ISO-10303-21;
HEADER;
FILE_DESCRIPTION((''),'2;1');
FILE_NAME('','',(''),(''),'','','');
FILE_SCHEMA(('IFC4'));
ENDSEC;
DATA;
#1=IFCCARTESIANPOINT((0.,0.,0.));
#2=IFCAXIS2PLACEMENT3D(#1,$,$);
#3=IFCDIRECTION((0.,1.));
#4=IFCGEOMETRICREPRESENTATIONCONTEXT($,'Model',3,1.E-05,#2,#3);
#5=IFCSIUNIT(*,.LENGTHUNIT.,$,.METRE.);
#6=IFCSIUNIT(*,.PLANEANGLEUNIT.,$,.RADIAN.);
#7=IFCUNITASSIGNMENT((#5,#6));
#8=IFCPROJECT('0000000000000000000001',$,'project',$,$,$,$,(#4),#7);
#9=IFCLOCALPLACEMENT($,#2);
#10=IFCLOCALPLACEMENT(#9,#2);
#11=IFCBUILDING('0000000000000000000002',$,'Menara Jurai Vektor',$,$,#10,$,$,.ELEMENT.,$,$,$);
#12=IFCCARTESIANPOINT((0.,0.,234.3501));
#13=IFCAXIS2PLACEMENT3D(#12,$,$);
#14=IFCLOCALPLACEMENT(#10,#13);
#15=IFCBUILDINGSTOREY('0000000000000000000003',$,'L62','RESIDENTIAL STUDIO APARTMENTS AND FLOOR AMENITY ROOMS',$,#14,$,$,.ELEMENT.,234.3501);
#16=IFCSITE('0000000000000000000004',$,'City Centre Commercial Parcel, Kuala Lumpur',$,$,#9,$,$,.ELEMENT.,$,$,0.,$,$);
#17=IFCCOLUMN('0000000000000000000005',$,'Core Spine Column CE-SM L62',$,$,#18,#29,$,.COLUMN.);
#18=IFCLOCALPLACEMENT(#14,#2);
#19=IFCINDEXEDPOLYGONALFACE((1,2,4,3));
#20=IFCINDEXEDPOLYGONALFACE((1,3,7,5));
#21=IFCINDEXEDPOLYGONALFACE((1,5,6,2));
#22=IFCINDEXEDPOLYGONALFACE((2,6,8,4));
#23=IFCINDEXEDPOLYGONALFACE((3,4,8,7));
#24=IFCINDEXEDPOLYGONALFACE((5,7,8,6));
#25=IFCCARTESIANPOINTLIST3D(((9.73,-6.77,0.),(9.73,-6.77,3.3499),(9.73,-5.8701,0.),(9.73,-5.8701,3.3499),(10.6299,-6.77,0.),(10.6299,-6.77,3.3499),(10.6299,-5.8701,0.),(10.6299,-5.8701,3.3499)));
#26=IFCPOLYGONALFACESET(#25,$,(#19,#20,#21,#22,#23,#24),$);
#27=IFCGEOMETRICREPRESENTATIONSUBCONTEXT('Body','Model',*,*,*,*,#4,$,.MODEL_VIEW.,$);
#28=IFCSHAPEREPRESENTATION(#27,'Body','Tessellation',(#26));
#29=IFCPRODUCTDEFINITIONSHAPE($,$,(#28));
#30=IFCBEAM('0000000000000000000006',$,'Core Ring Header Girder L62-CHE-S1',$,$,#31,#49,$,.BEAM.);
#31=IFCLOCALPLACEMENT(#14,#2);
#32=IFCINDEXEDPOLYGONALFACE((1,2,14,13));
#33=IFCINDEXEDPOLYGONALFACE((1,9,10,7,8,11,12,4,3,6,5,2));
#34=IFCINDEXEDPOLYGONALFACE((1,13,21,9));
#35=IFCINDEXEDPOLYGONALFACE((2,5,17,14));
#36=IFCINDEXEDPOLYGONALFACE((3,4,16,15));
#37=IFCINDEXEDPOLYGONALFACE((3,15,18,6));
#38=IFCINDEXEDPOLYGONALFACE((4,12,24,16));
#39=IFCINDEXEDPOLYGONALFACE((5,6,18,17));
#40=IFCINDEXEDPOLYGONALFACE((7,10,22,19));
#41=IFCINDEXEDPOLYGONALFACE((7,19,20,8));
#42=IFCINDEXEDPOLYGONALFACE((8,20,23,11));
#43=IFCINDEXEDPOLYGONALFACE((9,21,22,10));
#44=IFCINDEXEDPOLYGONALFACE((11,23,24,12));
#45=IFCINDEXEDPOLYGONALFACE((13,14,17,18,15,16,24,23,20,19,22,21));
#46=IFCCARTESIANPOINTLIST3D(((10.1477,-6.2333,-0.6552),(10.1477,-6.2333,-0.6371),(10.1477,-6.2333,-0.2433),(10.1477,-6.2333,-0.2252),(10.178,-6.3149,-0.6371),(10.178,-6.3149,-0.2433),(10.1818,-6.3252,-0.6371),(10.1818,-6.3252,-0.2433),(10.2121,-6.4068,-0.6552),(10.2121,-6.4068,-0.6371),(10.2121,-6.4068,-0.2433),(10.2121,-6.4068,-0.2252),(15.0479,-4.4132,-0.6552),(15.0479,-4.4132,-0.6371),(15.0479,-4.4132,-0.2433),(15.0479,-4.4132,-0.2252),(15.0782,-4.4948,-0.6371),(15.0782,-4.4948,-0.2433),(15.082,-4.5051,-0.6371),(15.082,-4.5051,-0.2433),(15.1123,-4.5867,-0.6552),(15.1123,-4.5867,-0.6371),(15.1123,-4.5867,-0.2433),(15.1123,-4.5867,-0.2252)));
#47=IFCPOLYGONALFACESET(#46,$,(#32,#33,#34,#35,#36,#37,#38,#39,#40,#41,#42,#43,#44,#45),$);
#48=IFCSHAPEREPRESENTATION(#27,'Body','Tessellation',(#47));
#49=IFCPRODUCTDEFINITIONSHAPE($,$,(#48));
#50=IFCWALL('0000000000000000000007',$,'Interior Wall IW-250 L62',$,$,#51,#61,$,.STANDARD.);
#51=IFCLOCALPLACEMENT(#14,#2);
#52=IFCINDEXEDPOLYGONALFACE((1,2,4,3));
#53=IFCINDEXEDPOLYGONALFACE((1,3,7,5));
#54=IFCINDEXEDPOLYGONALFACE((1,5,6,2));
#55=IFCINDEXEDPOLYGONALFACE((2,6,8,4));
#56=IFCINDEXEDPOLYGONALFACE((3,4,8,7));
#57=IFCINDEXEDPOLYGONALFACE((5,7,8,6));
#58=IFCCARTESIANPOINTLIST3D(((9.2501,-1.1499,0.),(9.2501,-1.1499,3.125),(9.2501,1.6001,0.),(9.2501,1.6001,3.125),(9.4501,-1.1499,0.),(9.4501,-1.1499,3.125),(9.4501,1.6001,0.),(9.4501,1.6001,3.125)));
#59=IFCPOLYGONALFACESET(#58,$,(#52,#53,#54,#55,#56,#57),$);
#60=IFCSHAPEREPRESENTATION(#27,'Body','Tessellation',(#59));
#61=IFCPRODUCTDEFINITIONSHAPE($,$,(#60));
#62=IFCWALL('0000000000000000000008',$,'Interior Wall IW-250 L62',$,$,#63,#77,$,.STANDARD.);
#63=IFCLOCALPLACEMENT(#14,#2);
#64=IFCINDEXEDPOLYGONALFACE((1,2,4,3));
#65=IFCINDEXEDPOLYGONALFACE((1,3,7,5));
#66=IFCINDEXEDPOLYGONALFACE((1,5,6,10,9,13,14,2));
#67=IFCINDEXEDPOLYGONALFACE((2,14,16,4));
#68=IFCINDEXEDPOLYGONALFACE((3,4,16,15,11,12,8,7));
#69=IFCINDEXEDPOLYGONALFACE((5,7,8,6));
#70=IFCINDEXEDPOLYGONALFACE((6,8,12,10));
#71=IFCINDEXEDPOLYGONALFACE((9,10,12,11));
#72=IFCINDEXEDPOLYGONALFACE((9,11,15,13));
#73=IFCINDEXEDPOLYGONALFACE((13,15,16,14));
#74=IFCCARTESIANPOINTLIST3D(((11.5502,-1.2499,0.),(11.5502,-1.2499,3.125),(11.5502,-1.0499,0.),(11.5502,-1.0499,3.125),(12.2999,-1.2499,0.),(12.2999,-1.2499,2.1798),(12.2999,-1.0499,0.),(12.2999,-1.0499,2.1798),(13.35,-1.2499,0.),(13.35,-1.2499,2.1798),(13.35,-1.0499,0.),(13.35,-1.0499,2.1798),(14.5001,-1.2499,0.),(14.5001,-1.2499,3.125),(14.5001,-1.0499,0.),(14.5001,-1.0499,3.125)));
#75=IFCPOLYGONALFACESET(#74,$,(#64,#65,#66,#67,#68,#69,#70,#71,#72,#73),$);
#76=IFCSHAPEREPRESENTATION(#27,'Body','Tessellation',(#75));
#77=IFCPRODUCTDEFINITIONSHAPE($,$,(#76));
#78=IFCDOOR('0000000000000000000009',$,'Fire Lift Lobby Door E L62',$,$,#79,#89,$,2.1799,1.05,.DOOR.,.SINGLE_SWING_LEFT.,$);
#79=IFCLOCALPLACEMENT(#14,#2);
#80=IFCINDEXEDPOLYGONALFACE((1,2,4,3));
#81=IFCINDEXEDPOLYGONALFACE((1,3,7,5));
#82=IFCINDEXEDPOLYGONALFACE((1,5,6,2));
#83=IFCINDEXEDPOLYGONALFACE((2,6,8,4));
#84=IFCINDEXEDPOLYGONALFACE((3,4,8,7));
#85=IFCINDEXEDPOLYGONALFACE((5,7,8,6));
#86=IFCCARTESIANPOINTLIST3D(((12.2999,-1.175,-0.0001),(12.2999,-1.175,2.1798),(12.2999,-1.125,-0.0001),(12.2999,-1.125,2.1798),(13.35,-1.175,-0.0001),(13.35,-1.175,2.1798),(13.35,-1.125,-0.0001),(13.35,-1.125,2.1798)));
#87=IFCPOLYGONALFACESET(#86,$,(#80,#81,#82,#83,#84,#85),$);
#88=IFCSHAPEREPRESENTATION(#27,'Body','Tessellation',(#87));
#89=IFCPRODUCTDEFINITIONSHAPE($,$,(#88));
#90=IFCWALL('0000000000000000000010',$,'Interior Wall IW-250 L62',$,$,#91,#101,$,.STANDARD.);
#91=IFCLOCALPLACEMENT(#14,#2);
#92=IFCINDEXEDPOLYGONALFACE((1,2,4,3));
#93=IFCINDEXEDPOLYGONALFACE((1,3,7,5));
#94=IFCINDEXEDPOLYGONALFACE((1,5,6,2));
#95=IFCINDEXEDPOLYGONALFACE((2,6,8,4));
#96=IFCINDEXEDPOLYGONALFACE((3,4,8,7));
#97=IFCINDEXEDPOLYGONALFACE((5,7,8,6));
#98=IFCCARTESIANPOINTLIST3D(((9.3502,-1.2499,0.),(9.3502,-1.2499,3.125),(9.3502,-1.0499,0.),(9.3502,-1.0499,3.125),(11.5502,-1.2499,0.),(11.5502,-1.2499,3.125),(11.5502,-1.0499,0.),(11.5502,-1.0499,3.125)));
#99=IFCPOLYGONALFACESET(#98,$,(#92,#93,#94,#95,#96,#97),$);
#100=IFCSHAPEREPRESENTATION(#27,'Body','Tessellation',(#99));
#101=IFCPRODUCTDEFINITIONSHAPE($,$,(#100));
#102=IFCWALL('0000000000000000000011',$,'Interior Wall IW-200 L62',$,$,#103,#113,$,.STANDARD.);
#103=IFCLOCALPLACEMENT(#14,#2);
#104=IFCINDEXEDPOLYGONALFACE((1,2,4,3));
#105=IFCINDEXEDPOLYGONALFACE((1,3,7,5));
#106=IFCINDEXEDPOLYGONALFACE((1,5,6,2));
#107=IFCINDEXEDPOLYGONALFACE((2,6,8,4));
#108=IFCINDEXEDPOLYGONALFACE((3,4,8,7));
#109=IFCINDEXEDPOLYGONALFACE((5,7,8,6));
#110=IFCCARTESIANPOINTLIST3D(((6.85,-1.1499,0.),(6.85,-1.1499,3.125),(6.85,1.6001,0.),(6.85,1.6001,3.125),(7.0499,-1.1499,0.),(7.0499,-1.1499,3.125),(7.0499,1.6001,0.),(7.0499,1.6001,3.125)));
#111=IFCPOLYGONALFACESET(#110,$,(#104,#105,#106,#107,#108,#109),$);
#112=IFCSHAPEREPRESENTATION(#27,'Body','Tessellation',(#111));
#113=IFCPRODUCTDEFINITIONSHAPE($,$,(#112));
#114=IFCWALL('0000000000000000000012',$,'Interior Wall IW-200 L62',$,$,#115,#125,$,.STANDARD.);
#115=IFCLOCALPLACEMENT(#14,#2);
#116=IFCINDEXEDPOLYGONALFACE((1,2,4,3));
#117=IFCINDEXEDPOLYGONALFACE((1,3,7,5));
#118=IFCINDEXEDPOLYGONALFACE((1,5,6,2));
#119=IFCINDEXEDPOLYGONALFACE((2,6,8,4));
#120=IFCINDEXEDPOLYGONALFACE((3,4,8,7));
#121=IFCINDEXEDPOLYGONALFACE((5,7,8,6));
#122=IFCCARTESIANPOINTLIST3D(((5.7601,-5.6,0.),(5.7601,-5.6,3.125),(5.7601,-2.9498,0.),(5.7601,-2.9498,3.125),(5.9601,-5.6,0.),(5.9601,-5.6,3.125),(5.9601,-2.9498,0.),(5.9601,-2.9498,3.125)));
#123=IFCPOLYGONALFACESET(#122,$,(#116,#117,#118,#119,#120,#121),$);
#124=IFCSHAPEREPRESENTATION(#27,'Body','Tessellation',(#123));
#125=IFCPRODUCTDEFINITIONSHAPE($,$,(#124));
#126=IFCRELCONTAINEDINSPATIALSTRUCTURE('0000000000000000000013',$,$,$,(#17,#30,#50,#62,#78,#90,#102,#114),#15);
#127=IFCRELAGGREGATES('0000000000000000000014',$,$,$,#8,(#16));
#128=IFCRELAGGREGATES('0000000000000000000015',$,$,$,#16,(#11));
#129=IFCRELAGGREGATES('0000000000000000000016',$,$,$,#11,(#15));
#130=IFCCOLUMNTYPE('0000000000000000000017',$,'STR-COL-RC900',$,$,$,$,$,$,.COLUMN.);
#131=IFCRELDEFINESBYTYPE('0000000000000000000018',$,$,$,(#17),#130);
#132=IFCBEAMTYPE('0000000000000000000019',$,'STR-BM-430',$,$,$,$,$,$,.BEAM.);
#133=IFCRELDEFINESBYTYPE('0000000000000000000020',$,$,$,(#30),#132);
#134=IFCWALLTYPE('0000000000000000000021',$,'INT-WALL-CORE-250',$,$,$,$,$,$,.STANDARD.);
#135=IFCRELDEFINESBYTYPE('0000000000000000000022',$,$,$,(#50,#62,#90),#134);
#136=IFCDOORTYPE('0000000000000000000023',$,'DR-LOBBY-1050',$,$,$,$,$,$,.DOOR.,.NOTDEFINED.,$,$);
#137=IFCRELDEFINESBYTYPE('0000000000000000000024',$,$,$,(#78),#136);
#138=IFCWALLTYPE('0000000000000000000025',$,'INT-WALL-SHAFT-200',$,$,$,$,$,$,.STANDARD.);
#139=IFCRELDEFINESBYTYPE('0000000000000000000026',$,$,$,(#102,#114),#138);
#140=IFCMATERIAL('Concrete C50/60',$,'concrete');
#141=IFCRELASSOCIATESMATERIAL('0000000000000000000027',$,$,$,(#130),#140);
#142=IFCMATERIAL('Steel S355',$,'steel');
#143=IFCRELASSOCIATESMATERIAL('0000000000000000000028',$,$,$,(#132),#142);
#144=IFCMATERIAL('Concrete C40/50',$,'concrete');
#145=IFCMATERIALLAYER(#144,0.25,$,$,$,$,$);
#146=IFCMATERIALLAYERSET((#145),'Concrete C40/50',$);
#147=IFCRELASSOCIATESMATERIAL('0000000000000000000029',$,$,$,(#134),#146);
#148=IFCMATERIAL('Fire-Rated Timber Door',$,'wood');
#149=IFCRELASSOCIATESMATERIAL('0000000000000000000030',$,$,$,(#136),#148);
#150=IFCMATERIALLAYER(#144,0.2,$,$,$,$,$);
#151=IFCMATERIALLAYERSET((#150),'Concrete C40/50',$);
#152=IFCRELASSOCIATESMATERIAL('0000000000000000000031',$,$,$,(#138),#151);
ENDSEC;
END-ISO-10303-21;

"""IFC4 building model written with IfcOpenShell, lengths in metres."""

from ifc_helpers import new_model, si_unit, direction, frame, frame_2d, origin, origin_2d, place, context, subcontext, project, spatial, rectangle, i_section, extrude, material, layer, layer_set, material_profile, profile_set, type_object, element, fill, save


model = new_model("IFC4")

# Units and contexts
model_context = context("Model", 3, precision=1e-05, world=origin(), true_north=direction((0.0, 1.0)))
body_context = subcontext(model_context, "Body", "Model", "MODEL_VIEW")
ifc_project = project(units=[si_unit("LENGTHUNIT", "METRE"), si_unit("PLANEANGLEUNIT", "RADIAN")], contexts=[model_context])

# Site, building, storey
site_placement = place(None, origin())
site = spatial("IfcSite", under=ifc_project, at=site_placement, Name="City Centre Commercial Parcel, Kuala Lumpur", CompositionType="ELEMENT", RefElevation=0.0)
building_placement = place(site_placement, origin())
building = spatial("IfcBuilding", under=site, at=building_placement, Name="Menara Jurai Vektor", CompositionType="ELEMENT")
storey_placement = place(building_placement, frame((0.0, 0.0, 234.3501)))
storey = spatial("IfcBuildingStorey", under=building, at=storey_placement, Name="L62", Description="RESIDENTIAL STUDIO APARTMENTS AND FLOOR AMENITY ROOMS", CompositionType="ELEMENT", Elevation=234.3501)

# Column
ifc_material_1 = material(Name="Concrete C50/60", Category="concrete")
ifc_material_profile_1 = material_profile(ifc_material_1, rectangle(XDim=0.8999, YDim=0.8999, at=origin_2d()), Name="RC 900x900")
ifc_profile_set_1 = profile_set([ifc_material_profile_1], Name="Concrete C50/60")
column_type = type_object("IfcColumnType", Name="STR-COL-RC900", PredefinedType="COLUMN", material=ifc_profile_set_1)
column_placement = place(storey_placement, frame((10.1799, -6.3201, 0.0), z_axis=(0.0, 0.0, 1.0), x_axis=(1.0, 0.0, 0.0)))
element("IfcColumn", 1, at=column_placement, inside=storey, type_object=column_type, Name="Core Spine Column CE-SM L62", PredefinedType="COLUMN", context=body_context, shape_type="SweptSolid", body=[
    extrude(rectangle(XDim=0.8999, YDim=0.8999, at=origin_2d()), origin(), (0.0, 0.0, 1.0), 3.3499),
])

# Beam
ifc_material_2 = material(Name="Steel S355", Category="steel")
ifc_material_profile_2 = material_profile(ifc_material_2, i_section(OverallWidth=0.1851, OverallDepth=0.4299, WebThickness=0.011, FlangeThickness=0.0181, at=origin_2d()), Name="PG 430x185x76")
ifc_profile_set_2 = profile_set([ifc_material_profile_2], Name="Steel S355")
beam_type = type_object("IfcBeamType", Name="STR-BM-430", PredefinedType="BEAM", material=ifc_profile_set_2)
beam_placement = place(storey_placement, frame((10.1799, -6.3201, -0.4402), z_axis=(0.937424, 0.348189, 0.0), x_axis=(-0.348189, 0.937424, 0.0)))
element("IfcBeam", 2, at=beam_placement, inside=storey, type_object=beam_type, Name="Core Ring Header Girder L62-CHE-S1", PredefinedType="BEAM", context=body_context, shape_type="SweptSolid", body=[
    extrude(i_section(OverallWidth=0.1851, OverallDepth=0.4299, WebThickness=0.011, FlangeThickness=0.0181, at=origin_2d()), origin(), (0.0, 0.0, 1.0), 5.2273),
])

# Shared definitions
ifc_material_3 = material(Name="Concrete C40/50", Category="concrete")
ifc_layer_1 = layer(ifc_material_3, 0.25)
ifc_layer_set_1 = layer_set([ifc_layer_1], Name="Concrete C40/50")
wall_type_1 = type_object("IfcWallType", Name="INT-WALL-CORE-250", PredefinedType="STANDARD", material=ifc_layer_set_1)

# Wall
wall_1_placement = place(storey_placement, frame((9.3501, -1.1499, 0.0), z_axis=(0.0, 0.0, 1.0), x_axis=(0.0, 1.0, 0.0)))
element("IfcWall", 3, at=wall_1_placement, inside=storey, type_object=wall_type_1, Name="Interior Wall IW-250 L62", PredefinedType="STANDARD", context=body_context, shape_type="SweptSolid", body=[
    extrude(rectangle(XDim=2.75, YDim=0.2, at=frame_2d((1.375, 0.0))), origin(), (0.0, 0.0, 1.0), 3.125),
])

# Wall, opening, door
wall_2_placement = place(storey_placement, frame((11.55, -1.1499, 0.0), z_axis=(0.0, 0.0, 1.0), x_axis=(1.0, 0.0, 0.0)))
wall_2 = element("IfcWall", 4, at=wall_2_placement, inside=storey, type_object=wall_type_1, Name="Interior Wall IW-250 L62", PredefinedType="STANDARD", context=body_context, shape_type="SweptSolid", body=[
    extrude(rectangle(XDim=2.95, YDim=0.2, at=frame_2d((1.4751, 0.0))), origin(), (0.0, 0.0, 1.0), 3.125),
])
opening_1_placement = place(wall_2_placement, frame((0.75, 0.0, 0.0)))
opening_1 = element("IfcOpeningElement", 5, at=opening_1_placement, cuts=wall_2, PredefinedType="OPENING", context=body_context, shape_type="SweptSolid", body=[
    extrude(rectangle(XDim=1.05, YDim=2.1799, at=frame_2d((0.5249, 1.0898))), frame((0.0, 0.1099, 0.0), z_axis=(0.0, -1.0, 0.0), x_axis=(1.0, 0.0, 0.0)), (0.0, 0.0, 1.0), 0.22),
])
ifc_material_4 = material(Name="Fire-Rated Timber Door", Category="wood")
door_type_1 = type_object("IfcDoorType", Name="DR-LOBBY-1050", OperationType="NOTDEFINED", PredefinedType="DOOR", material=ifc_material_4)
door_1_placement = place(opening_1_placement, origin())
door_1 = element("IfcDoor", 6, at=door_1_placement, inside=storey, type_object=door_type_1, Name="Fire Lift Lobby Door E L62", OperationType="SINGLE_SWING_LEFT", OverallHeight=2.1799, OverallWidth=1.05, PredefinedType="DOOR", context=body_context, shape_type="SweptSolid", body=[
    extrude(rectangle(XDim=1.05, YDim=2.1799, at=frame_2d((0.5249, 1.0898))), frame((0.0, 0.0249, 0.0), z_axis=(0.0, -1.0, 0.0), x_axis=(1.0, 0.0, 0.0)), (0.0, 0.0, 1.0), 0.05),
])
fill(opening_1, door_1)

# Wall
wall_3_placement = place(storey_placement, frame((9.3501, -1.1499, 0.0), z_axis=(0.0, 0.0, 1.0), x_axis=(1.0, 0.0, 0.0)))
element("IfcWall", 7, at=wall_3_placement, inside=storey, type_object=wall_type_1, Name="Interior Wall IW-250 L62", PredefinedType="STANDARD", context=body_context, shape_type="SweptSolid", body=[
    extrude(rectangle(XDim=2.2, YDim=0.2, at=frame_2d((1.1001, 0.0))), origin(), (0.0, 0.0, 1.0), 3.125),
])

# Wall
ifc_layer_2 = layer(ifc_material_3, 0.2)
ifc_layer_set_2 = layer_set([ifc_layer_2], Name="Concrete C40/50")
wall_type_2 = type_object("IfcWallType", Name="INT-WALL-SHAFT-200", PredefinedType="STANDARD", material=ifc_layer_set_2)
wall_4_placement = place(storey_placement, frame((6.95, -1.1499, 0.0), z_axis=(0.0, 0.0, 1.0), x_axis=(0.0, 1.0, 0.0)))
element("IfcWall", 8, at=wall_4_placement, inside=storey, type_object=wall_type_2, Name="Interior Wall IW-200 L62", PredefinedType="STANDARD", context=body_context, shape_type="SweptSolid", body=[
    extrude(rectangle(XDim=2.75, YDim=0.2, at=frame_2d((1.375, 0.0))), origin(), (0.0, 0.0, 1.0), 3.125),
])

# Wall
wall_5_placement = place(storey_placement, frame((5.8601, -5.6001, 0.0), z_axis=(0.0, 0.0, 1.0), x_axis=(0.0, 1.0, 0.0)))
element("IfcWall", 9, at=wall_5_placement, inside=storey, type_object=wall_type_2, Name="Interior Wall IW-200 L62", PredefinedType="STANDARD", context=body_context, shape_type="SweptSolid", body=[
    extrude(rectangle(XDim=2.6501, YDim=0.2, at=frame_2d((1.3252, 0.0))), origin(), (0.0, 0.0, 1.0), 3.125),
])

save(model, "model.ifc")
